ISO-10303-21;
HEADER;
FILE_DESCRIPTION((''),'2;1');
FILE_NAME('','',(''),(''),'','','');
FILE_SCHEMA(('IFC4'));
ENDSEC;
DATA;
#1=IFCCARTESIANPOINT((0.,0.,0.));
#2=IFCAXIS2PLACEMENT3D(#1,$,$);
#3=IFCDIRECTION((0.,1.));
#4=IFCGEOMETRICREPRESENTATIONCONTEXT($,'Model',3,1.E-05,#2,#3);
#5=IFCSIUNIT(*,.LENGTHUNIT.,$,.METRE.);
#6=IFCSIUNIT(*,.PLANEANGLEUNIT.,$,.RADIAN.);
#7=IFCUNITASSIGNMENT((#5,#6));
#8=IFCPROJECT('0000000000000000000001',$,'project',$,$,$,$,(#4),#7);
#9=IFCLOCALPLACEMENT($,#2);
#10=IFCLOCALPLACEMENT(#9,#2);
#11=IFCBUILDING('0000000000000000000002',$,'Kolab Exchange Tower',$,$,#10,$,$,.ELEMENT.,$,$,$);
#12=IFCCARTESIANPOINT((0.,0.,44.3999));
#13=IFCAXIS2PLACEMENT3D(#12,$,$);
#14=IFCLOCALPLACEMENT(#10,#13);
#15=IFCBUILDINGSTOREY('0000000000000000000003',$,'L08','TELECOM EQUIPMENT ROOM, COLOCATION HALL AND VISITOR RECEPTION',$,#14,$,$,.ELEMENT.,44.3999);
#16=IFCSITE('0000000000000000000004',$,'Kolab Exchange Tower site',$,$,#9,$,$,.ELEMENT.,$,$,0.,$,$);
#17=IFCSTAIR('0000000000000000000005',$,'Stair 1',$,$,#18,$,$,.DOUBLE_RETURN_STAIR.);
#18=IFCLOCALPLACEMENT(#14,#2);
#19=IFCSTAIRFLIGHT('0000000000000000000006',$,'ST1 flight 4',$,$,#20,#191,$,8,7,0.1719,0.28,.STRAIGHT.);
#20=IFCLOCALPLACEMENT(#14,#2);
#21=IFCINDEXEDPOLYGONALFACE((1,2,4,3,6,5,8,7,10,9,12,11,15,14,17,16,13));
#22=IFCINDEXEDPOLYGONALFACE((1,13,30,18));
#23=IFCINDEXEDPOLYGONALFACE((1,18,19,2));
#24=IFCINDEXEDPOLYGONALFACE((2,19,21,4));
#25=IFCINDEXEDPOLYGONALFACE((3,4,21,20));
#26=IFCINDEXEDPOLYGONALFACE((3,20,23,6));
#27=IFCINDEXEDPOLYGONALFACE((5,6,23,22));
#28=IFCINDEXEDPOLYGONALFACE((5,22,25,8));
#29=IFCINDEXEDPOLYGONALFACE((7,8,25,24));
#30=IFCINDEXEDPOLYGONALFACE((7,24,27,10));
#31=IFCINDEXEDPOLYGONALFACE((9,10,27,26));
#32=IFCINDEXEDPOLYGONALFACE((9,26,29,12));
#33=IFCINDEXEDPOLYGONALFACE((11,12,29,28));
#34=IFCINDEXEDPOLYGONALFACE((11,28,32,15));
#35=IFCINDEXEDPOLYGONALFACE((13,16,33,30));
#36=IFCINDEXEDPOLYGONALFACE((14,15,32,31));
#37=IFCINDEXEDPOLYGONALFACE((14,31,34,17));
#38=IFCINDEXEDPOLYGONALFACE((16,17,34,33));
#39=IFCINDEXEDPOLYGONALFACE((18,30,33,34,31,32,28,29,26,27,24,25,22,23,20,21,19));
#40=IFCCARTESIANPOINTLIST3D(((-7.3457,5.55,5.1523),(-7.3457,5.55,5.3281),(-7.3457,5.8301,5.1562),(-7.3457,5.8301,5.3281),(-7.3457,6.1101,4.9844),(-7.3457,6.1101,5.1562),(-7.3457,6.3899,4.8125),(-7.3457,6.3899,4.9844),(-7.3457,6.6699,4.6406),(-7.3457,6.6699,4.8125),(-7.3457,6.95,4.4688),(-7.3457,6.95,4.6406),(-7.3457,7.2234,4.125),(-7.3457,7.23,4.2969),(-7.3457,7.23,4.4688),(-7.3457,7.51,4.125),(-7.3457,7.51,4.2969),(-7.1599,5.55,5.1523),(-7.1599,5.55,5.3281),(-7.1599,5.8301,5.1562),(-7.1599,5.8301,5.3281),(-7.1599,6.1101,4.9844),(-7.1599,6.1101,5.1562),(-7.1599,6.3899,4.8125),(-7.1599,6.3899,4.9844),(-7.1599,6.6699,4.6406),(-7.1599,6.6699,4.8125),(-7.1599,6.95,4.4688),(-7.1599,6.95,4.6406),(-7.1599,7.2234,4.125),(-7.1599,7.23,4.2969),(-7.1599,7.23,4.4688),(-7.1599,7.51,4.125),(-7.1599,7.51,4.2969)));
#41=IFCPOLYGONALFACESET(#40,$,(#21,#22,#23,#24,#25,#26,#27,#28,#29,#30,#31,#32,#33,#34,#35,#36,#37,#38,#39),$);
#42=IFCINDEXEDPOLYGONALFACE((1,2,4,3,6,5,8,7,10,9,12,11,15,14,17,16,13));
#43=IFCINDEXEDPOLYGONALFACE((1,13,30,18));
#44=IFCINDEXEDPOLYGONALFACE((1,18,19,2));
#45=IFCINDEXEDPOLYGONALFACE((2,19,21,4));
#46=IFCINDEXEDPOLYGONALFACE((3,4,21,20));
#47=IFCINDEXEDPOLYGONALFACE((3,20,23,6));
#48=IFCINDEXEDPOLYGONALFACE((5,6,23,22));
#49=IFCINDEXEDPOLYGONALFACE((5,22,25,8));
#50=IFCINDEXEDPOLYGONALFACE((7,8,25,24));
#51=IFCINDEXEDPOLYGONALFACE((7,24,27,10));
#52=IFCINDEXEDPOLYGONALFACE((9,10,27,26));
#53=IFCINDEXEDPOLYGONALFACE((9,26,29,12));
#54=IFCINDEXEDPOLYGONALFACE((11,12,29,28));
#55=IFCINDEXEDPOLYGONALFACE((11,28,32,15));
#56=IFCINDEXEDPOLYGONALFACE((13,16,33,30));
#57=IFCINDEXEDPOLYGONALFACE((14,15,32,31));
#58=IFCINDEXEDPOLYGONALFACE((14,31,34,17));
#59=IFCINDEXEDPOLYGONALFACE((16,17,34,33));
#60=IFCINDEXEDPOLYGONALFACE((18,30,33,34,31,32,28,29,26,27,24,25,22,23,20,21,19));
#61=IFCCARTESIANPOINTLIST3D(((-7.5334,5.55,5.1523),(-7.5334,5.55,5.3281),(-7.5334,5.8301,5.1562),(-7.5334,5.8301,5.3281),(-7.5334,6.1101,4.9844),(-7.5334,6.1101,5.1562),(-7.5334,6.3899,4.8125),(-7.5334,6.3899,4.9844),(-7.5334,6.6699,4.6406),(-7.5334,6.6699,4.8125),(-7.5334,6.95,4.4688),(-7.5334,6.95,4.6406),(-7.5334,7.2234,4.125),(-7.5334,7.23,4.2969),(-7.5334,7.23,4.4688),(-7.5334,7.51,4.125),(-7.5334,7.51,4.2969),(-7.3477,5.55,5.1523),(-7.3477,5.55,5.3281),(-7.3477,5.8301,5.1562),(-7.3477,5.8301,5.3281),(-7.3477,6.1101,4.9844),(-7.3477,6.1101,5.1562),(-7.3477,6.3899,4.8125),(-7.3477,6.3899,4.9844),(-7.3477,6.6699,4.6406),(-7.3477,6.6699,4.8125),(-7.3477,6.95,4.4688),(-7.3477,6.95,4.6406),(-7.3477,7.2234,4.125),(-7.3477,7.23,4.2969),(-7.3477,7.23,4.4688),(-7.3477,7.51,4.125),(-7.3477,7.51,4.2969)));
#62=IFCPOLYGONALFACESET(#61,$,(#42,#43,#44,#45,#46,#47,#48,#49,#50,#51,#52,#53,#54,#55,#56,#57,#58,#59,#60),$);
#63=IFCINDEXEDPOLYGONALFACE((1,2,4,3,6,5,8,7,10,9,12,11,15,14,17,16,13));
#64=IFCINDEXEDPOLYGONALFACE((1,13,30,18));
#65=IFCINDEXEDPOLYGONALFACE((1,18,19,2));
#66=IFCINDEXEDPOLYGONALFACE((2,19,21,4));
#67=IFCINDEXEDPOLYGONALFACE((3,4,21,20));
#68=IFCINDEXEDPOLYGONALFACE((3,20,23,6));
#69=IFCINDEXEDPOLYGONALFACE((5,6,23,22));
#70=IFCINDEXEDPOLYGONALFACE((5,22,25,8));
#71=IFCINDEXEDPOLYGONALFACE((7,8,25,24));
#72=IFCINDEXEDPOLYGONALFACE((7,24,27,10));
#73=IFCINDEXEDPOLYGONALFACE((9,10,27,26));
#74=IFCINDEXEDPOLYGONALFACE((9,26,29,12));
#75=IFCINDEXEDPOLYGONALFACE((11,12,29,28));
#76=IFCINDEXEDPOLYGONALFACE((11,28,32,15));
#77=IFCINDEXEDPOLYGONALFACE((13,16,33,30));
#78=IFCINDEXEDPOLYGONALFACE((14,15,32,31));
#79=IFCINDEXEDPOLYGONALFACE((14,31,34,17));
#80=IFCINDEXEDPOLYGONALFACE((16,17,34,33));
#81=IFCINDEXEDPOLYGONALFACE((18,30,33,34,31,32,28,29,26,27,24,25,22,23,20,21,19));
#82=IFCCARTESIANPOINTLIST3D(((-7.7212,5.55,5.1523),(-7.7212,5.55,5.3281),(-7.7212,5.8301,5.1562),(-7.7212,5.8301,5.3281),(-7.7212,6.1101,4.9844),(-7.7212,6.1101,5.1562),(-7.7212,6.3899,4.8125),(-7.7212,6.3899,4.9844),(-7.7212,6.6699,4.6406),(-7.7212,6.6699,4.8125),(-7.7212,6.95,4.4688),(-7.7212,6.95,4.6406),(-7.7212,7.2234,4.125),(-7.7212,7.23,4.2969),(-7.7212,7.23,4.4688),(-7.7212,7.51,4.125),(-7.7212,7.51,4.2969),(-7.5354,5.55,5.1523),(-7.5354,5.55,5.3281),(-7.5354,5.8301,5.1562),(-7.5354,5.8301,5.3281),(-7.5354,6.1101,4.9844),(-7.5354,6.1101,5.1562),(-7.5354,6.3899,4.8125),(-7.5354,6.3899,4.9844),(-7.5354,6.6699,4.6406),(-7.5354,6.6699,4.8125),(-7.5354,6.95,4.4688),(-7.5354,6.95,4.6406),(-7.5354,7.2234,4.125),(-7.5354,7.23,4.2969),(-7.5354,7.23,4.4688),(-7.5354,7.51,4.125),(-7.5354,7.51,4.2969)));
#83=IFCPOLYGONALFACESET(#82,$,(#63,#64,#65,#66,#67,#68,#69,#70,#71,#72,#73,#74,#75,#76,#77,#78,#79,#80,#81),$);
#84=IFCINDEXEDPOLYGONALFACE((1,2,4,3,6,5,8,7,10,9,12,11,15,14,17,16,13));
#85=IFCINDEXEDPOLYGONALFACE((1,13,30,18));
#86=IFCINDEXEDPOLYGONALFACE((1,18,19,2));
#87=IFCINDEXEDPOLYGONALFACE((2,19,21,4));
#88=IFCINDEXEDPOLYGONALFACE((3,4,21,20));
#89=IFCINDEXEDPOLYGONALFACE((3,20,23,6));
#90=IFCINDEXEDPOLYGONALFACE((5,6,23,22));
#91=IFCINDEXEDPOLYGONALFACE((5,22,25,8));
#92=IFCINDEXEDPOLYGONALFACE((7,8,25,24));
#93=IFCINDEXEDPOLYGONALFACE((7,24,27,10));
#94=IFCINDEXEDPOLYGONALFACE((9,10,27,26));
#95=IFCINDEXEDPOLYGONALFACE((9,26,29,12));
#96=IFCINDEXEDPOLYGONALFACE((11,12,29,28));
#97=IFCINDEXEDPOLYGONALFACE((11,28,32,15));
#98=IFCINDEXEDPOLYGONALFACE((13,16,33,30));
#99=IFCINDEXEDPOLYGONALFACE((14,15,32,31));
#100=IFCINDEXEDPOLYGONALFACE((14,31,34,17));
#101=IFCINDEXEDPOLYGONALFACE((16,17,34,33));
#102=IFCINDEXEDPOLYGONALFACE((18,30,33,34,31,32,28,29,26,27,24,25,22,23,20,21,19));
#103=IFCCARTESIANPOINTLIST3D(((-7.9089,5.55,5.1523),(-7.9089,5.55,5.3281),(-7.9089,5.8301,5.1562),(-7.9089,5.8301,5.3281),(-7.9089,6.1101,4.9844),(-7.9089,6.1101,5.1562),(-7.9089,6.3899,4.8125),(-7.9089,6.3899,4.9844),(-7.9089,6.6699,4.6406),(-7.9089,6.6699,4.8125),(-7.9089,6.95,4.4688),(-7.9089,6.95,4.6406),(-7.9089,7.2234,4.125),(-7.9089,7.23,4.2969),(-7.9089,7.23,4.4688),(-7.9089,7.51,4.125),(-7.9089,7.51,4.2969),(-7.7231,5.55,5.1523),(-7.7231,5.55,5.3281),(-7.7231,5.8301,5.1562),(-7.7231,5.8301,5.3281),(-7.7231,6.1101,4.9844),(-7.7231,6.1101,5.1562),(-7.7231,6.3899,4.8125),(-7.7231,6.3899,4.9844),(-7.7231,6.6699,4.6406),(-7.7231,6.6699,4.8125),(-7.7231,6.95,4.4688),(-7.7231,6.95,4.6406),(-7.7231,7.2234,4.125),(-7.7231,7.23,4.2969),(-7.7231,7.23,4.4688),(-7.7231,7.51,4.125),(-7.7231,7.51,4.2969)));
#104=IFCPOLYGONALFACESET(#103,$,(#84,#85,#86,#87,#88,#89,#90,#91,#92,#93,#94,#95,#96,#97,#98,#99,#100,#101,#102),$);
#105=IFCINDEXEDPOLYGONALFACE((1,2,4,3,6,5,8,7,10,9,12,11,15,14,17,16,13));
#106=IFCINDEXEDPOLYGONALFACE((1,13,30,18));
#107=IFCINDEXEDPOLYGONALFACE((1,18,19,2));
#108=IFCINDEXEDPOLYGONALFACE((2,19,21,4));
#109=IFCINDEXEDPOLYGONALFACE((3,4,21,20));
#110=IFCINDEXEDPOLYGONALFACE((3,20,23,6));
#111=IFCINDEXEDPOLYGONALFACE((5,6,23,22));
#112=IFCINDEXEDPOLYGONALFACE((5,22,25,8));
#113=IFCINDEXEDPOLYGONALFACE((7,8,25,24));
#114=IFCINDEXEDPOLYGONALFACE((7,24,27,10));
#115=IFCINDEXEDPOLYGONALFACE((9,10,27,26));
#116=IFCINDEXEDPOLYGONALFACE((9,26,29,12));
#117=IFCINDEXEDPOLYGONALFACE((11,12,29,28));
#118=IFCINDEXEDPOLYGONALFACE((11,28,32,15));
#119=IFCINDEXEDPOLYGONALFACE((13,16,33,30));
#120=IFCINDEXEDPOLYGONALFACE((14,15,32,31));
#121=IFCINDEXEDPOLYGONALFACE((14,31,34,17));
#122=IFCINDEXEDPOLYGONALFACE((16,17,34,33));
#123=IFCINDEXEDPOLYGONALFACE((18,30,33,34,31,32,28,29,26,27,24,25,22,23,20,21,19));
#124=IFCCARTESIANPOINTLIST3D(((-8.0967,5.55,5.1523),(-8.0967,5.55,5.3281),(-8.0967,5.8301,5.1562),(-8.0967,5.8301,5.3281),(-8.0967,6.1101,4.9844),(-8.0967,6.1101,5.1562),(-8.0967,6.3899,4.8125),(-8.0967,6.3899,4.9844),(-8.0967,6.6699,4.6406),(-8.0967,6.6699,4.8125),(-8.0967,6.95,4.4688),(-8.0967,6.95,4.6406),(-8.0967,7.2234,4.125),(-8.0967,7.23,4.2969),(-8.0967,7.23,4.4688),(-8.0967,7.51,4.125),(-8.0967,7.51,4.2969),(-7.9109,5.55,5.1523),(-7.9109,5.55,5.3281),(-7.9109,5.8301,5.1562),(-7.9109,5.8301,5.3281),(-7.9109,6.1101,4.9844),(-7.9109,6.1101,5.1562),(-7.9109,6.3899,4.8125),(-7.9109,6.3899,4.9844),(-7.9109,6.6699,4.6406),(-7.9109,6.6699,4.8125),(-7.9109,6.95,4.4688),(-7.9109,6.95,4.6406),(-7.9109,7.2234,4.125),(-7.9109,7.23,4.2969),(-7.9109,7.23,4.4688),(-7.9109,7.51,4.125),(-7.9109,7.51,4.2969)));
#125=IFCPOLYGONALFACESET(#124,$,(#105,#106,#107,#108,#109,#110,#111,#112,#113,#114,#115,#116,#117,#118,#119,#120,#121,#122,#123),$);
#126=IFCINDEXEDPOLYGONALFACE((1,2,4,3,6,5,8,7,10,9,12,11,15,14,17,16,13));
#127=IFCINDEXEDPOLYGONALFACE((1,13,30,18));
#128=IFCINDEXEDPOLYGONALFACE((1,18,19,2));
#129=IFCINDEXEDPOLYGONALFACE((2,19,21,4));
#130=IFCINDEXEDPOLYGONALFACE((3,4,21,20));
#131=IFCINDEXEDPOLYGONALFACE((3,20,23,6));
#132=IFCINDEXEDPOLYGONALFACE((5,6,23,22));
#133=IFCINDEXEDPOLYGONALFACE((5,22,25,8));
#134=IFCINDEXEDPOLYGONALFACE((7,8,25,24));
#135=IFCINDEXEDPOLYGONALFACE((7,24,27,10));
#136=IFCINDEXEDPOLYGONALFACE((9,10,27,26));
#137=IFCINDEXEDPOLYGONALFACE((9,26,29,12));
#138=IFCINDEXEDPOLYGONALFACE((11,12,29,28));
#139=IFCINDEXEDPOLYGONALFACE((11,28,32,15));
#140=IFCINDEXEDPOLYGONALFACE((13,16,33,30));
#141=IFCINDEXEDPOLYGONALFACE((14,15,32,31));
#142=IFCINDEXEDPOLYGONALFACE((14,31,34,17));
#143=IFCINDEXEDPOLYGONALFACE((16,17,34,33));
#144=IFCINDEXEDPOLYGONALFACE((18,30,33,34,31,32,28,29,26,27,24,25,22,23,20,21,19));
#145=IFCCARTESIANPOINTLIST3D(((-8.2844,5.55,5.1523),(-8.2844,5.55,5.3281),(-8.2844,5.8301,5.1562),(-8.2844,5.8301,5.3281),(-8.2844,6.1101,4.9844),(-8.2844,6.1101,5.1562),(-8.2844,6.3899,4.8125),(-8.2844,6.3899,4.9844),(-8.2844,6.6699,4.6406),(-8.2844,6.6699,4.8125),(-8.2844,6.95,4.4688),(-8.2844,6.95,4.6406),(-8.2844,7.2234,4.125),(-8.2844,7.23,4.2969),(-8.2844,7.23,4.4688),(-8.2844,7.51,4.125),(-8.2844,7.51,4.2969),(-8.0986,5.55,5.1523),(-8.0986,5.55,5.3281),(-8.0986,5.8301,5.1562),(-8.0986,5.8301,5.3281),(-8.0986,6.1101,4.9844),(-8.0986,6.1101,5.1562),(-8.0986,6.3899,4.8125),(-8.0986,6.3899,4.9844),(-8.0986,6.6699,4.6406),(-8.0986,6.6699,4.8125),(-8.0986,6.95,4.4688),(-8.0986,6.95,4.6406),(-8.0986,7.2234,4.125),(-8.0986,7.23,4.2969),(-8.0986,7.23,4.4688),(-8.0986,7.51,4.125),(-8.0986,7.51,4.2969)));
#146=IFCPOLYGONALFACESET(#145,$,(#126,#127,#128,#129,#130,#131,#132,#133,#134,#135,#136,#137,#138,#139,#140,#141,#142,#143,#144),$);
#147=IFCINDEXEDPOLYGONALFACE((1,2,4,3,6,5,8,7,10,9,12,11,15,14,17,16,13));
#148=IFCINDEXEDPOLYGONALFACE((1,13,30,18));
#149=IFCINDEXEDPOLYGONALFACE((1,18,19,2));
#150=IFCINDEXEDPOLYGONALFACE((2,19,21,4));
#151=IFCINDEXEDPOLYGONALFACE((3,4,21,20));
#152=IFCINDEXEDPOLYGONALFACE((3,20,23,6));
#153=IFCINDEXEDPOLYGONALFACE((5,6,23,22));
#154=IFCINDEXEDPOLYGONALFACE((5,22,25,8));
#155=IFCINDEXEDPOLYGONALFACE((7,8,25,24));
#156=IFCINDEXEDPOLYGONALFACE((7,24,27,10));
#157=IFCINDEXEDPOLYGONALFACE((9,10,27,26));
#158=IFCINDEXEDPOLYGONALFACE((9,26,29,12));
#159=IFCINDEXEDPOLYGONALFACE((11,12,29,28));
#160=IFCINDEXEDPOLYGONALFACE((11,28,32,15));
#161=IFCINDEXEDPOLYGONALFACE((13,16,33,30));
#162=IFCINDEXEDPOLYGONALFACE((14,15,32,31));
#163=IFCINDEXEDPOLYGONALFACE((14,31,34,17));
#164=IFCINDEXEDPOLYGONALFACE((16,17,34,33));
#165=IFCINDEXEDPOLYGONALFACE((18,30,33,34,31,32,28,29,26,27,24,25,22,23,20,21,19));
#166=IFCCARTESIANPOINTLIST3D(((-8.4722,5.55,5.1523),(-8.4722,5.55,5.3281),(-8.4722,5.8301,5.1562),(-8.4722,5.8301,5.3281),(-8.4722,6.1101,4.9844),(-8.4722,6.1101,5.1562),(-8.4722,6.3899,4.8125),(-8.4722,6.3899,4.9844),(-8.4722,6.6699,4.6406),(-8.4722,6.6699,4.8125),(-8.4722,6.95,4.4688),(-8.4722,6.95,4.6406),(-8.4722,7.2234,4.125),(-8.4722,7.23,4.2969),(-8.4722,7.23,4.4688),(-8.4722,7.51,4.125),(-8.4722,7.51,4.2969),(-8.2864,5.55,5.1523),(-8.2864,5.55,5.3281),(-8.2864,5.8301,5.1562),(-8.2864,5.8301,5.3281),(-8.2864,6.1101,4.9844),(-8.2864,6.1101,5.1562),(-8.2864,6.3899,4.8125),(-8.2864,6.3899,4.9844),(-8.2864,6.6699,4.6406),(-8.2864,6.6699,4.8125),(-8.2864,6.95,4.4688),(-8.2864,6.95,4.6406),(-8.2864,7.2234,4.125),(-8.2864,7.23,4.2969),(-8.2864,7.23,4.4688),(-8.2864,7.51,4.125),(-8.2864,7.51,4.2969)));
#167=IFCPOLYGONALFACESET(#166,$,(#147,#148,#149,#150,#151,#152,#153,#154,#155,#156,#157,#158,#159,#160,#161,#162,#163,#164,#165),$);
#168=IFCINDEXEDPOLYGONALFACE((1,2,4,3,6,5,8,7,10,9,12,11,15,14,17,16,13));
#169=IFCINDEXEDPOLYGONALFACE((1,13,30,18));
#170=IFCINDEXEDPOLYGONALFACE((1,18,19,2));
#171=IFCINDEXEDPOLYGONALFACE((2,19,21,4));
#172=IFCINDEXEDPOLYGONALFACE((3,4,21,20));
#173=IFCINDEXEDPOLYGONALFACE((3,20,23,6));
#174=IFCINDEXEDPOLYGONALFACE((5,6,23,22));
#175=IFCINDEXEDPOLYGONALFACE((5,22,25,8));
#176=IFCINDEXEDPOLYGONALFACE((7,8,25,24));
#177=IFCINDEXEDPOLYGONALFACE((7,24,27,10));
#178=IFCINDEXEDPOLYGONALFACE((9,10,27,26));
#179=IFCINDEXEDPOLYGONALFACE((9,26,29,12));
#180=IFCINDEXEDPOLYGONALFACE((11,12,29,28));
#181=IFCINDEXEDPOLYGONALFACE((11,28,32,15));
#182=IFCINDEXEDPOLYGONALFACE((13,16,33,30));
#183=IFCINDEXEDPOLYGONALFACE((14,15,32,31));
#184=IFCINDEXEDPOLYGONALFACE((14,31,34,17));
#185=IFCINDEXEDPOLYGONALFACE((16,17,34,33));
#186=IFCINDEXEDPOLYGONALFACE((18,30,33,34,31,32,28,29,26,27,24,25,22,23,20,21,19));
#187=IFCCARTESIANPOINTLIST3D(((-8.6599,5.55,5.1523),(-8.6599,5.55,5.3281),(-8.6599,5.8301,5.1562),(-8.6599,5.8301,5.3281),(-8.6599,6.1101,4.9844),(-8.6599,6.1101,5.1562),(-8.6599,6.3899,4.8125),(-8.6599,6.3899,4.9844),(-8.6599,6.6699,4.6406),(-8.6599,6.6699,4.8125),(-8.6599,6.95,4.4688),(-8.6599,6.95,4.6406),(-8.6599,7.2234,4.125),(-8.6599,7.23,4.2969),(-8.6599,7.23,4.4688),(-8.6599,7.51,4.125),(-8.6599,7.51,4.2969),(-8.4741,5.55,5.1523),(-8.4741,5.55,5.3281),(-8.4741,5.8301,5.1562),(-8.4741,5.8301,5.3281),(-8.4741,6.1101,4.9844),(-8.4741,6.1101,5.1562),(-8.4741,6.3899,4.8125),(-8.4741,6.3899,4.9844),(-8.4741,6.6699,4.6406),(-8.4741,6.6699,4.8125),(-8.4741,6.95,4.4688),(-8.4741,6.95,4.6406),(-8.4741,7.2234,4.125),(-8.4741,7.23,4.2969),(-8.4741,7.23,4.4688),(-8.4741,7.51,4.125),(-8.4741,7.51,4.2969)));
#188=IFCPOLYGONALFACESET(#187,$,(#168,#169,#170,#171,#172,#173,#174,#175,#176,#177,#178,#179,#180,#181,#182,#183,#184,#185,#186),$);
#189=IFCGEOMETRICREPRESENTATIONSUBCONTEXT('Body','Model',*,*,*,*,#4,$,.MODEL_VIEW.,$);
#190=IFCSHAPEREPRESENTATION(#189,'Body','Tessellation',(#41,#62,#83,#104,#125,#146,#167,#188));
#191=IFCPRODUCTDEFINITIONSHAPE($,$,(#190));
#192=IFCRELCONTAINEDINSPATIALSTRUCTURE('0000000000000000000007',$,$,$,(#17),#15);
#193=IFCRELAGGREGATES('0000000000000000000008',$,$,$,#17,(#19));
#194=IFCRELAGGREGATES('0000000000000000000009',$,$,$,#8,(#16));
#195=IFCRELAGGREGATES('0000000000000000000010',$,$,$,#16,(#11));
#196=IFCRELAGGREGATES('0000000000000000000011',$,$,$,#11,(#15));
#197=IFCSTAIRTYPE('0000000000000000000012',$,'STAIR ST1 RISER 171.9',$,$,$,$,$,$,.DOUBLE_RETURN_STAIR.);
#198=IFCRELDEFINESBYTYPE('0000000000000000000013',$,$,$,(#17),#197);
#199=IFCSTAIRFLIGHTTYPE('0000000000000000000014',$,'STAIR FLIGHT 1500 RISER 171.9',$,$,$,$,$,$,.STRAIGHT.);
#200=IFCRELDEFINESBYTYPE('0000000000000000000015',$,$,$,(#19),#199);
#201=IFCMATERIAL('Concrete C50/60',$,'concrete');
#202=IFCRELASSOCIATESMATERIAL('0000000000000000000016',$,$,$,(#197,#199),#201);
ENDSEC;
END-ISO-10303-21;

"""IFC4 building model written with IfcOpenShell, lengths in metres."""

from ifc_helpers import new_model, si_unit, direction, frame, origin, place, context, subcontext, project, spatial, polyline, outline, extrude, material, type_object, element, aggregate, save


model = new_model("IFC4")

# Units and contexts
model_context = context("Model", 3, precision=1e-05, world=origin(), true_north=direction((0.0, 1.0)))
body_context = subcontext(model_context, "Body", "Model", "MODEL_VIEW")
ifc_project = project(units=[si_unit("LENGTHUNIT", "METRE"), si_unit("PLANEANGLEUNIT", "RADIAN")], contexts=[model_context])

# Site, building, storey
site_placement = place(None, origin())
site = spatial("IfcSite", under=ifc_project, at=site_placement, Name="Kolab Exchange Tower site", CompositionType="ELEMENT", RefElevation=0.0)
building_placement = place(site_placement, origin())
building = spatial("IfcBuilding", under=site, at=building_placement, Name="Kolab Exchange Tower", CompositionType="ELEMENT")
storey_placement = place(building_placement, frame((0.0, 0.0, 44.3999)))
storey = spatial("IfcBuildingStorey", under=building, at=storey_placement, Name="L08", Description="TELECOM EQUIPMENT ROOM, COLOCATION HALL AND VISITOR RECEPTION", CompositionType="ELEMENT", Elevation=44.3999)

# Shared definitions
ifc_material_1 = material(Name="Concrete C50/60", Category="concrete")

# Stair, stair flight
stair_type = type_object("IfcStairType", Name="STAIR ST1 RISER 171.9", PredefinedType="DOUBLE_RETURN_STAIR", material=ifc_material_1)
stair_placement = place(storey_placement, origin())
stair = element("IfcStair", 1, at=stair_placement, inside=storey, type_object=stair_type, Name="Stair 1", PredefinedType="DOUBLE_RETURN_STAIR")
stair_flight_type = type_object("IfcStairFlightType", Name="STAIR FLIGHT 1500 RISER 171.9", PredefinedType="STRAIGHT", material=ifc_material_1)
stair_flight_1_placement = place(storey_placement, frame((-7.9099, 7.51, 4.125), z_axis=(0.0, 0.0, 1.0), x_axis=(0.0, -1.0, 0.0)))
stair_flight_1 = element("IfcStairFlight", 2, at=stair_flight_1_placement, type_object=stair_flight_type, Name="ST1 flight 4", NumberOfRisers=8, NumberOfTreads=7, PredefinedType="STRAIGHT", RiserHeight=0.1719, TreadLength=0.28, context=body_context, shape_type="SweptSolid", body=[
    extrude(outline(polyline([(0.0, 0.0), (0.0, 0.1719), (0.28, 0.1719), (0.28, 0.3438), (0.5601, 0.3438), (0.5601, 0.5156), (0.8401, 0.5156), (0.8401, 0.6875), (1.1201, 0.6875), (1.1201, 0.8594), (1.3999, 0.8594), (1.3999, 1.0312), (1.6799, 1.0312), (1.6799, 1.2031), (1.96, 1.2031), (1.96, 1.375), (1.96, 1.0273), (0.2866, 0.0), (0.0, 0.0)])), frame((0.0, 0.75, 0.0), z_axis=(0.0, -1.0, 0.0), x_axis=(1.0, 0.0, 0.0)), (0.0, 0.0, 1.0), 0.1858),
    extrude(outline(polyline([(0.0, 0.0), (0.0, 0.1719), (0.28, 0.1719), (0.28, 0.3438), (0.5601, 0.3438), (0.5601, 0.5156), (0.8401, 0.5156), (0.8401, 0.6875), (1.1201, 0.6875), (1.1201, 0.8594), (1.3999, 0.8594), (1.3999, 1.0312), (1.6799, 1.0312), (1.6799, 1.2031), (1.96, 1.2031), (1.96, 1.375), (1.96, 1.0273), (0.2866, 0.0), (0.0, 0.0)])), frame((0.0, 0.5623, 0.0), z_axis=(0.0, -1.0, 0.0), x_axis=(1.0, 0.0, 0.0)), (0.0, 0.0, 1.0), 0.1858),
    extrude(outline(polyline([(0.0, 0.0), (0.0, 0.1719), (0.28, 0.1719), (0.28, 0.3438), (0.5601, 0.3438), (0.5601, 0.5156), (0.8401, 0.5156), (0.8401, 0.6875), (1.1201, 0.6875), (1.1201, 0.8594), (1.3999, 0.8594), (1.3999, 1.0312), (1.6799, 1.0312), (1.6799, 1.2031), (1.96, 1.2031), (1.96, 1.375), (1.96, 1.0273), (0.2866, 0.0), (0.0, 0.0)])), frame((0.0, 0.3745, 0.0), z_axis=(0.0, -1.0, 0.0), x_axis=(1.0, 0.0, 0.0)), (0.0, 0.0, 1.0), 0.1858),
    extrude(outline(polyline([(0.0, 0.0), (0.0, 0.1719), (0.28, 0.1719), (0.28, 0.3438), (0.5601, 0.3438), (0.5601, 0.5156), (0.8401, 0.5156), (0.8401, 0.6875), (1.1201, 0.6875), (1.1201, 0.8594), (1.3999, 0.8594), (1.3999, 1.0312), (1.6799, 1.0312), (1.6799, 1.2031), (1.96, 1.2031), (1.96, 1.375), (1.96, 1.0273), (0.2866, 0.0), (0.0, 0.0)])), frame((0.0, 0.1868, 0.0), z_axis=(0.0, -1.0, 0.0), x_axis=(1.0, 0.0, 0.0)), (0.0, 0.0, 1.0), 0.1858),
    extrude(outline(polyline([(0.0, 0.0), (0.0, 0.1719), (0.28, 0.1719), (0.28, 0.3438), (0.5601, 0.3438), (0.5601, 0.5156), (0.8401, 0.5156), (0.8401, 0.6875), (1.1201, 0.6875), (1.1201, 0.8594), (1.3999, 0.8594), (1.3999, 1.0312), (1.6799, 1.0312), (1.6799, 1.2031), (1.96, 1.2031), (1.96, 1.375), (1.96, 1.0273), (0.2866, 0.0), (0.0, 0.0)])), frame((0.0, -0.001, 0.0), z_axis=(0.0, -1.0, 0.0), x_axis=(1.0, 0.0, 0.0)), (0.0, 0.0, 1.0), 0.1858),
    extrude(outline(polyline([(0.0, 0.0), (0.0, 0.1719), (0.28, 0.1719), (0.28, 0.3438), (0.5601, 0.3438), (0.5601, 0.5156), (0.8401, 0.5156), (0.8401, 0.6875), (1.1201, 0.6875), (1.1201, 0.8594), (1.3999, 0.8594), (1.3999, 1.0312), (1.6799, 1.0312), (1.6799, 1.2031), (1.96, 1.2031), (1.96, 1.375), (1.96, 1.0273), (0.2866, 0.0), (0.0, 0.0)])), frame((0.0, -0.1887, 0.0), z_axis=(0.0, -1.0, 0.0), x_axis=(1.0, 0.0, 0.0)), (0.0, 0.0, 1.0), 0.1858),
    extrude(outline(polyline([(0.0, 0.0), (0.0, 0.1719), (0.28, 0.1719), (0.28, 0.3438), (0.5601, 0.3438), (0.5601, 0.5156), (0.8401, 0.5156), (0.8401, 0.6875), (1.1201, 0.6875), (1.1201, 0.8594), (1.3999, 0.8594), (1.3999, 1.0312), (1.6799, 1.0312), (1.6799, 1.2031), (1.96, 1.2031), (1.96, 1.375), (1.96, 1.0273), (0.2866, 0.0), (0.0, 0.0)])), frame((0.0, -0.3765, 0.0), z_axis=(0.0, -1.0, 0.0), x_axis=(1.0, 0.0, 0.0)), (0.0, 0.0, 1.0), 0.1858),
    extrude(outline(polyline([(0.0, 0.0), (0.0, 0.1719), (0.28, 0.1719), (0.28, 0.3438), (0.5601, 0.3438), (0.5601, 0.5156), (0.8401, 0.5156), (0.8401, 0.6875), (1.1201, 0.6875), (1.1201, 0.8594), (1.3999, 0.8594), (1.3999, 1.0312), (1.6799, 1.0312), (1.6799, 1.2031), (1.96, 1.2031), (1.96, 1.375), (1.96, 1.0273), (0.2866, 0.0), (0.0, 0.0)])), frame((0.0, -0.5642, 0.0), z_axis=(0.0, -1.0, 0.0), x_axis=(1.0, 0.0, 0.0)), (0.0, 0.0, 1.0), 0.1858),
])
aggregate(stair, [stair_flight_1])

save(model, "model.ifc")
